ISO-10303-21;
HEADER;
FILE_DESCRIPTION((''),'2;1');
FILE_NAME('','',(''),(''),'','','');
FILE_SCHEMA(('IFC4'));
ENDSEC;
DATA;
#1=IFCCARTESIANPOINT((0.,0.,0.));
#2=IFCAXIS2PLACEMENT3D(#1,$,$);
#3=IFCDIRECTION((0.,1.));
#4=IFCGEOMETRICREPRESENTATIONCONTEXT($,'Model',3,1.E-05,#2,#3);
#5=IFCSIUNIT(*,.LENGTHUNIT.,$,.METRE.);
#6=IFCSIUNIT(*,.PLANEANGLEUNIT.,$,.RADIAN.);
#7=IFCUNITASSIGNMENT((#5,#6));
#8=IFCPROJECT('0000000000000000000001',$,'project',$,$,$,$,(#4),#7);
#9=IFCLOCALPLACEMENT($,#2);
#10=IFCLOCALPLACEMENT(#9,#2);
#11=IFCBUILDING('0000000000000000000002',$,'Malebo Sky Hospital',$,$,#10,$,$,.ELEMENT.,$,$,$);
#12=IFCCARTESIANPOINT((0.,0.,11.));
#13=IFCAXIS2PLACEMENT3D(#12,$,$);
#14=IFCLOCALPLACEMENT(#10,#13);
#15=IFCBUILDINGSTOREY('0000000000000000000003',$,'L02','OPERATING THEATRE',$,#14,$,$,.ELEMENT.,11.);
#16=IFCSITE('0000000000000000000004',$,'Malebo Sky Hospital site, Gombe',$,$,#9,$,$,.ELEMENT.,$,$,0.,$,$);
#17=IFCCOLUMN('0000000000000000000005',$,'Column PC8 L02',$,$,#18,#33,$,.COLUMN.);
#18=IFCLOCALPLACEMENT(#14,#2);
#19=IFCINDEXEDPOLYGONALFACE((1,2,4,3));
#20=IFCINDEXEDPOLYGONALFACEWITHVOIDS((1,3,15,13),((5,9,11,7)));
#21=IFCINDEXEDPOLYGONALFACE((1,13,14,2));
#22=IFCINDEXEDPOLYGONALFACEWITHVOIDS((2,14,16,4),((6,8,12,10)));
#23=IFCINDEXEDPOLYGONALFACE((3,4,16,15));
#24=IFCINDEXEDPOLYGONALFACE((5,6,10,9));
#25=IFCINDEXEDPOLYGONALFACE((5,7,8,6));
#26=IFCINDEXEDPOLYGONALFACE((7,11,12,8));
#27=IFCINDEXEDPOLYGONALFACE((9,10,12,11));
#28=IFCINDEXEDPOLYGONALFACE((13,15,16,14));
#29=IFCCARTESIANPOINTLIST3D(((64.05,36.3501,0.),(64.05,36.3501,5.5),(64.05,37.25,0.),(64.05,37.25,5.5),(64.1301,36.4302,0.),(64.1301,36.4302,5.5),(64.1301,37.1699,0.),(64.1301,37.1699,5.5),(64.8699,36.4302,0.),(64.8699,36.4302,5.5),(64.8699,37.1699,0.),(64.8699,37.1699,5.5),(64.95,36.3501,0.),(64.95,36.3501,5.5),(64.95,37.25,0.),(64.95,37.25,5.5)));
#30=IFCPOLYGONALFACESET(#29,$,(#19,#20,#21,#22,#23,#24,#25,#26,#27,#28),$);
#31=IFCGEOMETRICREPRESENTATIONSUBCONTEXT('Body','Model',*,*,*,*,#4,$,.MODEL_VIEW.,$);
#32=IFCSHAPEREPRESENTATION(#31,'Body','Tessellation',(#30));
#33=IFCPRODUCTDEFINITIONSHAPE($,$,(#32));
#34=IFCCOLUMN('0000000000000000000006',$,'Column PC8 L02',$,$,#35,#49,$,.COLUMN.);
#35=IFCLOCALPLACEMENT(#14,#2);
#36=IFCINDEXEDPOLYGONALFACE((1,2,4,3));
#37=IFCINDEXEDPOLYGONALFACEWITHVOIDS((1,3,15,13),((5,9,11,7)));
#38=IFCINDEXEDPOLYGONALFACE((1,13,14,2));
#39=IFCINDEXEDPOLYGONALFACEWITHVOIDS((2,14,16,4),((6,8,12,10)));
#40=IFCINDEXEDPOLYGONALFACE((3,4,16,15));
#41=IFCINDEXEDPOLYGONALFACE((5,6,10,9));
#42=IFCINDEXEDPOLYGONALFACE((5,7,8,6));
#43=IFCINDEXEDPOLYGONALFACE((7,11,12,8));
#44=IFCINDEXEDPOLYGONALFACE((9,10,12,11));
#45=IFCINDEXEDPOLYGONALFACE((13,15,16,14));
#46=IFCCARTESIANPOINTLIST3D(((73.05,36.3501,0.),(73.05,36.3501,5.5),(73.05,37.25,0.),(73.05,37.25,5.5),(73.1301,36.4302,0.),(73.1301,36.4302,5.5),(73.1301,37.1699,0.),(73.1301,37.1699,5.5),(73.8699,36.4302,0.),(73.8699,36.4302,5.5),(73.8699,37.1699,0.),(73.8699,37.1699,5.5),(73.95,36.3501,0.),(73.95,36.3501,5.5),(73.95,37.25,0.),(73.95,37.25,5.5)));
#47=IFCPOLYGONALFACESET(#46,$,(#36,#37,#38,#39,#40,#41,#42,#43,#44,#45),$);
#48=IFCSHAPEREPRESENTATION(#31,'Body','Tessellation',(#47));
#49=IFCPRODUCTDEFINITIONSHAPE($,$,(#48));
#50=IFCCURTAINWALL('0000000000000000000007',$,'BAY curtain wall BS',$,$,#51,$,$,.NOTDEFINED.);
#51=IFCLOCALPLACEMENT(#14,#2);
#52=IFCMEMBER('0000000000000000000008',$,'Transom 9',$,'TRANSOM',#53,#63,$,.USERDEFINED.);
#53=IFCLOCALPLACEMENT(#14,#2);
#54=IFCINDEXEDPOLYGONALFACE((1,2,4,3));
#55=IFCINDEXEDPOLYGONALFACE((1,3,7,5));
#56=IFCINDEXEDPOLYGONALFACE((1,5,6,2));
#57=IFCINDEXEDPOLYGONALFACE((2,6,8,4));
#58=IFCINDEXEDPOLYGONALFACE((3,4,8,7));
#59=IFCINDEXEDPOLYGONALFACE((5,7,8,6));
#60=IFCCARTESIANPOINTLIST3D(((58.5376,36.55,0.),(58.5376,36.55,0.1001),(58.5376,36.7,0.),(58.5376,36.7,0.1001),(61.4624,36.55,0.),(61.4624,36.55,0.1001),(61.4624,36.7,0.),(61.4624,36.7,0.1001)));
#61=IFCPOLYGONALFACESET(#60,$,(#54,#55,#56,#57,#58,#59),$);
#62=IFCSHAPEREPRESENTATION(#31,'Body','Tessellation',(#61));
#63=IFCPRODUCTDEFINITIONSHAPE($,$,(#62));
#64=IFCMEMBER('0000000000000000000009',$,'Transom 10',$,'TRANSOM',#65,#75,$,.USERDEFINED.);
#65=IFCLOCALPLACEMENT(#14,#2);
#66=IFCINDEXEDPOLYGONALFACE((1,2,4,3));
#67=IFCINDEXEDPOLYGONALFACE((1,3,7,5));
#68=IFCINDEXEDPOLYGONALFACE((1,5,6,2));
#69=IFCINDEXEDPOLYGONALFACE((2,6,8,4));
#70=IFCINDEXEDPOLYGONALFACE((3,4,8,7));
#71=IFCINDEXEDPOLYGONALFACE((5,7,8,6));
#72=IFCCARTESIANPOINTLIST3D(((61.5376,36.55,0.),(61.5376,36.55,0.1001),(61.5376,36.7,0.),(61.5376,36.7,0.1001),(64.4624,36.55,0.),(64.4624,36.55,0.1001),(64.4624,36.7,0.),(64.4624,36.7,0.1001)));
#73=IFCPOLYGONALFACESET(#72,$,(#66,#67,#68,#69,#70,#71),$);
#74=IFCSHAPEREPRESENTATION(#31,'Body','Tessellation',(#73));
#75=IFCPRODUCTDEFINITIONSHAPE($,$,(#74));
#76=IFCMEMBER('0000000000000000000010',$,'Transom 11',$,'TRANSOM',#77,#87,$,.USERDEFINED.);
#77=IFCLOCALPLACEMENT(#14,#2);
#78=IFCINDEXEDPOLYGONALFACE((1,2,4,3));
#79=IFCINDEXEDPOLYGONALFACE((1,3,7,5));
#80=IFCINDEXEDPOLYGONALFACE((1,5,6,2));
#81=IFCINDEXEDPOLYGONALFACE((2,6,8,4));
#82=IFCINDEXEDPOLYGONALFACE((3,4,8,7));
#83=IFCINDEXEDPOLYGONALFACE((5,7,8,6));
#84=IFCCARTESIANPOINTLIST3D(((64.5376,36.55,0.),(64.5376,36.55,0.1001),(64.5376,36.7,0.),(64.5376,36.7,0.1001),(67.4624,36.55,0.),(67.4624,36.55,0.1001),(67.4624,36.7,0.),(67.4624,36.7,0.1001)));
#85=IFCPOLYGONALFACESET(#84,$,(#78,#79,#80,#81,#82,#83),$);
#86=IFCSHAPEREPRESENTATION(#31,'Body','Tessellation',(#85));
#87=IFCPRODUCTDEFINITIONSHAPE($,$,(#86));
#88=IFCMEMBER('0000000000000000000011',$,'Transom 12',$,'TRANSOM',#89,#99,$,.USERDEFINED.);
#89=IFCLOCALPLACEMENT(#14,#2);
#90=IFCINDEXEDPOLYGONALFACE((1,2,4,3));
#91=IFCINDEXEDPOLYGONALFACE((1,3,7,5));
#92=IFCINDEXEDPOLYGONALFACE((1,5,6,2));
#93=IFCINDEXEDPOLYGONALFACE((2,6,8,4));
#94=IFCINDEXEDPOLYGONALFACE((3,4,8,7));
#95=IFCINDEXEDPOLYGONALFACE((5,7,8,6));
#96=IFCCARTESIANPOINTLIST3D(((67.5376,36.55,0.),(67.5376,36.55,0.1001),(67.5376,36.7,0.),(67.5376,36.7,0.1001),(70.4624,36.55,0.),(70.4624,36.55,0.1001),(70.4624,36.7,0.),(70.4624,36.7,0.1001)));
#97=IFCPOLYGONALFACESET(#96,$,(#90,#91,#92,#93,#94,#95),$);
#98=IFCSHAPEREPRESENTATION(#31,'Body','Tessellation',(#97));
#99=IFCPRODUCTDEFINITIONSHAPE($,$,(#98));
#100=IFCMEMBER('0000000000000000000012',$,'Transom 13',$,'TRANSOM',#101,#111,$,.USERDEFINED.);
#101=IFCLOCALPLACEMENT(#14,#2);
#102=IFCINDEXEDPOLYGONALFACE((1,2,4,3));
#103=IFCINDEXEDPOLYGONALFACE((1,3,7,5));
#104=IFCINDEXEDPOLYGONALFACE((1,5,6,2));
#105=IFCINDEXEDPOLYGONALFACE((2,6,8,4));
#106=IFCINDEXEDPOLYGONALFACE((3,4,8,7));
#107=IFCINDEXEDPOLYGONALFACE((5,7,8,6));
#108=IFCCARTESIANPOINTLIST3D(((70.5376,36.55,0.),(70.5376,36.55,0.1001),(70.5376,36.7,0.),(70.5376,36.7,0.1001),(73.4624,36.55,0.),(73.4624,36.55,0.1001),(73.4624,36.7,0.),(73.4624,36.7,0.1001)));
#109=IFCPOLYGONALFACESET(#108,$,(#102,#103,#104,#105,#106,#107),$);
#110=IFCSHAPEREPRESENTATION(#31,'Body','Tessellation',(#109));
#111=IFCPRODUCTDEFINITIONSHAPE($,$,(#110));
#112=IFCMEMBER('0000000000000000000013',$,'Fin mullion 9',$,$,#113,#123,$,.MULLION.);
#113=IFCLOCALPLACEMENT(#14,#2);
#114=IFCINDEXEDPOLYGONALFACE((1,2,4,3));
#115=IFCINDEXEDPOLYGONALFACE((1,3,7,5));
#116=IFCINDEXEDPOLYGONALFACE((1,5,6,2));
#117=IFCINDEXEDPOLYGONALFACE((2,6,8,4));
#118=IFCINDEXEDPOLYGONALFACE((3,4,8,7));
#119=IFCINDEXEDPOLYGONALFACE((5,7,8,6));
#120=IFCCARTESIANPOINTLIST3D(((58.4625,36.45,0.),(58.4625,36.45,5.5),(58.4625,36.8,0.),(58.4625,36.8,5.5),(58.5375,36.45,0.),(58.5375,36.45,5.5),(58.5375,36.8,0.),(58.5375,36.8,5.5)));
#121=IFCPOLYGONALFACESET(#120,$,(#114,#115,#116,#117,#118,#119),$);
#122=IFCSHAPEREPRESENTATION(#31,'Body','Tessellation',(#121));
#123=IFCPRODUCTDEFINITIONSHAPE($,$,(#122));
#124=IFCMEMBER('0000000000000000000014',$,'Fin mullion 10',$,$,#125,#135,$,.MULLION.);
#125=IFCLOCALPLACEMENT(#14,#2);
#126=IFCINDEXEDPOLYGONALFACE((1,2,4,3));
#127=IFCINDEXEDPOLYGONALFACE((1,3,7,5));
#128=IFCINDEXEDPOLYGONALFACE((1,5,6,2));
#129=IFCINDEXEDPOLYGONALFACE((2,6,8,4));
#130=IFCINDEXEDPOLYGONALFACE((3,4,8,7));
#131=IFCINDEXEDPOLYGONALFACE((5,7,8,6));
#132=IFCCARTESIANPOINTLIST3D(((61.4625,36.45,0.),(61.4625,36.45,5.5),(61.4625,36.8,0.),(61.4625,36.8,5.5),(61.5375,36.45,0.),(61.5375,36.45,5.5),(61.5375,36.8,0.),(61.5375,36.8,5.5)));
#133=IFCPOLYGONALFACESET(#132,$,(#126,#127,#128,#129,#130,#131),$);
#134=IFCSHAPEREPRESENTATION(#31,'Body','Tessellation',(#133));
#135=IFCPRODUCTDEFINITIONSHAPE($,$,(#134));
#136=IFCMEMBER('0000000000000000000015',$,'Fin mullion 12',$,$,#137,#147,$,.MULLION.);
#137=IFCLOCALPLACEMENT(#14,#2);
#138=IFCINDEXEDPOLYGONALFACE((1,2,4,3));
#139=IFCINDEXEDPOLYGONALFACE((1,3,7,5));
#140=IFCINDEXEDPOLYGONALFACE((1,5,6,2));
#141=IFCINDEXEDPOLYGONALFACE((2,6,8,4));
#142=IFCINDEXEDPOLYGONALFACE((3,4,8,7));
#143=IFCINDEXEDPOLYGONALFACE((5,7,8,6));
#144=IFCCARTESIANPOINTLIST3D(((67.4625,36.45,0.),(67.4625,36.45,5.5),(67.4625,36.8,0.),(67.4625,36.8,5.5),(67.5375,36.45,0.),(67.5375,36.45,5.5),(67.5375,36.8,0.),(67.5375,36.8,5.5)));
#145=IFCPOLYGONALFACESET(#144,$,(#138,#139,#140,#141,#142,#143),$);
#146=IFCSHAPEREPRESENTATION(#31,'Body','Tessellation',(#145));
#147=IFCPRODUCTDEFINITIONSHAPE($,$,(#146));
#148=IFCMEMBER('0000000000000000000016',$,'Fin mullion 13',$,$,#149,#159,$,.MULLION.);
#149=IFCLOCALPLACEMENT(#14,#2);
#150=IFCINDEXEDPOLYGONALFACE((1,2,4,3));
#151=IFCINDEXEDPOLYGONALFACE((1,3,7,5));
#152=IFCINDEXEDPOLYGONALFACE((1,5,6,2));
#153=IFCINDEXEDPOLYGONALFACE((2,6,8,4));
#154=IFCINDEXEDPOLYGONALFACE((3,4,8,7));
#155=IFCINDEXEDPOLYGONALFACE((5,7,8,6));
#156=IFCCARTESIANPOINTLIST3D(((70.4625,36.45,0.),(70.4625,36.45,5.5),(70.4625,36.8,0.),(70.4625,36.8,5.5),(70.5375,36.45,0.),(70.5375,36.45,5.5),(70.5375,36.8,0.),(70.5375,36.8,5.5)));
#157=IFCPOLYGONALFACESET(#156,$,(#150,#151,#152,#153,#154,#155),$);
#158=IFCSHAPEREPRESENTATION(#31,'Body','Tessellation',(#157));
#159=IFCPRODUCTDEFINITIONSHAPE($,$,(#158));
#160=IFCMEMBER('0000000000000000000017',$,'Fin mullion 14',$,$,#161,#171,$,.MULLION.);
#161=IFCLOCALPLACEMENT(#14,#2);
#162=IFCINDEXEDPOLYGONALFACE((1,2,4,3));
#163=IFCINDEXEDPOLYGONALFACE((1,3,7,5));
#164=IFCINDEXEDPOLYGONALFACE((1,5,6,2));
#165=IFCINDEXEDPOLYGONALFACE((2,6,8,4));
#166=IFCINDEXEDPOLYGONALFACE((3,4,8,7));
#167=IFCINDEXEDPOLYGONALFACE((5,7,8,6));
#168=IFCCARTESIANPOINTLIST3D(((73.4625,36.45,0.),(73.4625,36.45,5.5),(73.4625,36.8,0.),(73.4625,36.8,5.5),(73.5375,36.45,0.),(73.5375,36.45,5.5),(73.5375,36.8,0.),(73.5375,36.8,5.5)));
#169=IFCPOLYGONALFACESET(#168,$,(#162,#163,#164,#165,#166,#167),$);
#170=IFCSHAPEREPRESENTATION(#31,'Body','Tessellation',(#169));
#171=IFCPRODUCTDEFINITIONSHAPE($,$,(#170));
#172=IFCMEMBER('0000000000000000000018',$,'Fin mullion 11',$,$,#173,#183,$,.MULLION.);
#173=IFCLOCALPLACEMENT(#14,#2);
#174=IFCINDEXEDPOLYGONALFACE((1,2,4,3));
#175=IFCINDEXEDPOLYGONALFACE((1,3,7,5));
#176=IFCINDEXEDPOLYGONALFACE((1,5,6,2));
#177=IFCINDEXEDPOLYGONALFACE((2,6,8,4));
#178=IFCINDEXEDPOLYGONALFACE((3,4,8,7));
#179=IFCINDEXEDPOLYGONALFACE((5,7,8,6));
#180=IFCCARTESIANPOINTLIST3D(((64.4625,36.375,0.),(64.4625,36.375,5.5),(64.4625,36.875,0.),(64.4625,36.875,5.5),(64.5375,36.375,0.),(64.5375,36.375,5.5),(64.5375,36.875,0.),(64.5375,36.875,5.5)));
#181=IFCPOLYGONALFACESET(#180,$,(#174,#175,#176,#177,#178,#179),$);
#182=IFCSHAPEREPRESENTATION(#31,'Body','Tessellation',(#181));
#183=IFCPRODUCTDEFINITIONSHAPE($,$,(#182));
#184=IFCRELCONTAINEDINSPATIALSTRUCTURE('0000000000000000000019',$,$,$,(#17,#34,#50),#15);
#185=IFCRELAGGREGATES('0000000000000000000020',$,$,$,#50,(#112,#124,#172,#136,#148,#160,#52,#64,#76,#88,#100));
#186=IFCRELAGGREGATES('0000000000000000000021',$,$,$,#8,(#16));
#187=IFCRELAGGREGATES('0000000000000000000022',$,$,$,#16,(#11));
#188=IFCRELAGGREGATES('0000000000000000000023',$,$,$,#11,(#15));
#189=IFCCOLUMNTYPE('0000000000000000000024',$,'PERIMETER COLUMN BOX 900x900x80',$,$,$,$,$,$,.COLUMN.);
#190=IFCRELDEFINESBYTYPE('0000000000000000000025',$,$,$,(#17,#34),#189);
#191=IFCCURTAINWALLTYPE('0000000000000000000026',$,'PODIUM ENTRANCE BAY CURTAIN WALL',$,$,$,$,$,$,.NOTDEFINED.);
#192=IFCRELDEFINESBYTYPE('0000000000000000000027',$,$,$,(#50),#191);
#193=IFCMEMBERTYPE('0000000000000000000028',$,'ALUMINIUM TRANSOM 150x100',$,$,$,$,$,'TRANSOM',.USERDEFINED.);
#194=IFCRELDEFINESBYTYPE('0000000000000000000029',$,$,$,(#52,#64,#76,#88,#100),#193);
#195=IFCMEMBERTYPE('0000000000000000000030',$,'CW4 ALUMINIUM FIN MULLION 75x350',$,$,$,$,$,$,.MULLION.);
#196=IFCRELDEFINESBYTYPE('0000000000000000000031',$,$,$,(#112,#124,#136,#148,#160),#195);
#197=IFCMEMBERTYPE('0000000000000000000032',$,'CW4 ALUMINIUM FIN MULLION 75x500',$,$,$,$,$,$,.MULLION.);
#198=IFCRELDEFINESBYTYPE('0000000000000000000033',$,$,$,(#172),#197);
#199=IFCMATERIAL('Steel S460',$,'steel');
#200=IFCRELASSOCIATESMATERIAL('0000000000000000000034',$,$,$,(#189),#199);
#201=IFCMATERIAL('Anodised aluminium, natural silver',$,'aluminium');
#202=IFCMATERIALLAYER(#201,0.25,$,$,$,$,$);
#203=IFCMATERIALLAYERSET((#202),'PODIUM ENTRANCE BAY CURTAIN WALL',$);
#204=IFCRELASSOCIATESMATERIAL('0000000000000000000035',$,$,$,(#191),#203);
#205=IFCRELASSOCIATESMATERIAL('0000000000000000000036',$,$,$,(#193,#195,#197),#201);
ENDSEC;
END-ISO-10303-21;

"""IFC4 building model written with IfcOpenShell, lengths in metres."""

from ifc_helpers import new_model, si_unit, direction, frame, origin, origin_2d, place, context, subcontext, project, spatial, rectangle, hollow_rectangle, extrude, material, layer, layer_set, material_profile, profile_set, type_object, element, aggregate, save


model = new_model("IFC4")

# Units and contexts
model_context = context("Model", 3, precision=1e-05, world=origin(), true_north=direction((0.0, 1.0)))
body_context = subcontext(model_context, "Body", "Model", "MODEL_VIEW")
ifc_project = project(units=[si_unit("LENGTHUNIT", "METRE"), si_unit("PLANEANGLEUNIT", "RADIAN")], contexts=[model_context])

# Site, building, storey
site_placement = place(None, origin())
site = spatial("IfcSite", under=ifc_project, at=site_placement, Name="Malebo Sky Hospital site, Gombe", CompositionType="ELEMENT", RefElevation=0.0)
building_placement = place(site_placement, origin())
building = spatial("IfcBuilding", under=site, at=building_placement, Name="Malebo Sky Hospital", CompositionType="ELEMENT")
storey_placement = place(building_placement, frame((0.0, 0.0, 11.0)))
storey = spatial("IfcBuildingStorey", under=building, at=storey_placement, Name="L02", Description="OPERATING THEATRE", CompositionType="ELEMENT", Elevation=11.0)

# Columns
ifc_material_1 = material(Name="Steel S460", Category="steel")
ifc_material_profile_1 = material_profile(ifc_material_1, hollow_rectangle(XDim=0.8999, YDim=0.8999, WallThickness=0.0801, at=origin_2d()), Name="BOX 900x900x80")
ifc_profile_set_1 = profile_set([ifc_material_profile_1], Name="Steel S460")
column_type = type_object("IfcColumnType", Name="PERIMETER COLUMN BOX 900x900x80", PredefinedType="COLUMN", material=ifc_profile_set_1)
for number, where, z_axis, x_axis, name in (
    (1, (64.5, 36.8, 0.0), (0.0, 0.0, 1.0), (1.0, 0.0, 0.0), "Column PC8 L02"),
    (2, (73.5, 36.8, 0.0), (0.0, 0.0, 1.0), (1.0, 0.0, 0.0), "Column PC8 L02"),
):
    element("IfcColumn", number, at=place(storey_placement, frame(where, z_axis=z_axis, x_axis=x_axis)), inside=storey, type_object=column_type, Name=name, PredefinedType="COLUMN", context=body_context, shape_type="SweptSolid", body=[
        extrude(hollow_rectangle(XDim=0.8999, YDim=0.8999, WallThickness=0.0801, at=origin_2d()), origin(), (0.0, 0.0, 1.0), 5.5),
    ])

# Curtain wall, members
ifc_material_2 = material(Name="Anodised aluminium, natural silver", Category="aluminium")
ifc_layer_1 = layer(ifc_material_2, 0.25)
ifc_layer_set_1 = layer_set([ifc_layer_1], Name="PODIUM ENTRANCE BAY CURTAIN WALL")
curtain_wall_type = type_object("IfcCurtainWallType", Name="PODIUM ENTRANCE BAY CURTAIN WALL", PredefinedType="NOTDEFINED", material=ifc_layer_set_1)
curtain_wall_placement = place(storey_placement, origin())
curtain_wall = element("IfcCurtainWall", 3, at=curtain_wall_placement, inside=storey, type_object=curtain_wall_type, Name="BAY curtain wall BS", PredefinedType="NOTDEFINED")
ifc_material_profile_2 = material_profile(ifc_material_2, rectangle(XDim=0.1499, YDim=0.1001, at=origin_2d()), Name="ALUMINIUM TRANSOM 150x100")
ifc_profile_set_2 = profile_set([ifc_material_profile_2], Name="Anodised aluminium, natural silver")
member_type_1 = type_object("IfcMemberType", Name="ALUMINIUM TRANSOM 150x100", ElementType="TRANSOM", PredefinedType="USERDEFINED", material=ifc_profile_set_2)
member_1_placement = place(storey_placement, frame((58.5376, 36.625, 0.05), z_axis=(1.0, 0.0, 0.0), x_axis=(0.0, 1.0, 0.0)))
member_1 = element("IfcMember", 4, at=member_1_placement, type_object=member_type_1, Name="Transom 9", ObjectType="TRANSOM", PredefinedType="USERDEFINED", context=body_context, shape_type="SweptSolid", body=[
    extrude(rectangle(XDim=0.1499, YDim=0.1001, at=origin_2d()), origin(), (0.0, 0.0, 1.0), 2.9248),
])
member_2_placement = place(storey_placement, frame((61.5376, 36.625, 0.05), z_axis=(1.0, 0.0, 0.0), x_axis=(0.0, 1.0, 0.0)))
member_2 = element("IfcMember", 5, at=member_2_placement, type_object=member_type_1, Name="Transom 10", ObjectType="TRANSOM", PredefinedType="USERDEFINED", context=body_context, shape_type="SweptSolid", body=[
    extrude(rectangle(XDim=0.1499, YDim=0.1001, at=origin_2d()), origin(), (0.0, 0.0, 1.0), 2.9248),
])
member_3_placement = place(storey_placement, frame((64.5376, 36.625, 0.05), z_axis=(1.0, 0.0, 0.0), x_axis=(0.0, 1.0, 0.0)))
member_3 = element("IfcMember", 6, at=member_3_placement, type_object=member_type_1, Name="Transom 11", ObjectType="TRANSOM", PredefinedType="USERDEFINED", context=body_context, shape_type="SweptSolid", body=[
    extrude(rectangle(XDim=0.1499, YDim=0.1001, at=origin_2d()), origin(), (0.0, 0.0, 1.0), 2.9248),
])
member_4_placement = place(storey_placement, frame((67.5376, 36.625, 0.05), z_axis=(1.0, 0.0, 0.0), x_axis=(0.0, 1.0, 0.0)))
member_4 = element("IfcMember", 7, at=member_4_placement, type_object=member_type_1, Name="Transom 12", ObjectType="TRANSOM", PredefinedType="USERDEFINED", context=body_context, shape_type="SweptSolid", body=[
    extrude(rectangle(XDim=0.1499, YDim=0.1001, at=origin_2d()), origin(), (0.0, 0.0, 1.0), 2.9248),
])
member_5_placement = place(storey_placement, frame((70.5376, 36.625, 0.05), z_axis=(1.0, 0.0, 0.0), x_axis=(0.0, 1.0, 0.0)))
member_5 = element("IfcMember", 8, at=member_5_placement, type_object=member_type_1, Name="Transom 13", ObjectType="TRANSOM", PredefinedType="USERDEFINED", context=body_context, shape_type="SweptSolid", body=[
    extrude(rectangle(XDim=0.1499, YDim=0.1001, at=origin_2d()), origin(), (0.0, 0.0, 1.0), 2.9248),
])
ifc_material_profile_3 = material_profile(ifc_material_2, rectangle(XDim=0.075, YDim=0.3501, at=origin_2d()), Name="CW4 ALUMINIUM FIN MULLION 75x350")
ifc_profile_set_3 = profile_set([ifc_material_profile_3], Name="Anodised aluminium, natural silver")
member_type_2 = type_object("IfcMemberType", Name="CW4 ALUMINIUM FIN MULLION 75x350", PredefinedType="MULLION", material=ifc_profile_set_3)
member_6_placement = place(storey_placement, frame((58.5, 36.625, 0.0), z_axis=(0.0, 0.0, 1.0), x_axis=(1.0, 0.0, 0.0)))
member_6 = element("IfcMember", 9, at=member_6_placement, type_object=member_type_2, Name="Fin mullion 9", PredefinedType="MULLION", context=body_context, shape_type="SweptSolid", body=[
    extrude(rectangle(XDim=0.075, YDim=0.3501, at=origin_2d()), origin(), (0.0, 0.0, 1.0), 5.5),
])
member_7_placement = place(storey_placement, frame((61.5, 36.625, 0.0), z_axis=(0.0, 0.0, 1.0), x_axis=(1.0, 0.0, 0.0)))
member_7 = element("IfcMember", 10, at=member_7_placement, type_object=member_type_2, Name="Fin mullion 10", PredefinedType="MULLION", context=body_context, shape_type="SweptSolid", body=[
    extrude(rectangle(XDim=0.075, YDim=0.3501, at=origin_2d()), origin(), (0.0, 0.0, 1.0), 5.5),
])
member_8_placement = place(storey_placement, frame((67.5, 36.625, 0.0), z_axis=(0.0, 0.0, 1.0), x_axis=(1.0, 0.0, 0.0)))
member_8 = element("IfcMember", 11, at=member_8_placement, type_object=member_type_2, Name="Fin mullion 12", PredefinedType="MULLION", context=body_context, shape_type="SweptSolid", body=[
    extrude(rectangle(XDim=0.075, YDim=0.3501, at=origin_2d()), origin(), (0.0, 0.0, 1.0), 5.5),
])
member_9_placement = place(storey_placement, frame((70.5, 36.625, 0.0), z_axis=(0.0, 0.0, 1.0), x_axis=(1.0, 0.0, 0.0)))
member_9 = element("IfcMember", 12, at=member_9_placement, type_object=member_type_2, Name="Fin mullion 13", PredefinedType="MULLION", context=body_context, shape_type="SweptSolid", body=[
    extrude(rectangle(XDim=0.075, YDim=0.3501, at=origin_2d()), origin(), (0.0, 0.0, 1.0), 5.5),
])
member_10_placement = place(storey_placement, frame((73.5, 36.625, 0.0), z_axis=(0.0, 0.0, 1.0), x_axis=(1.0, 0.0, 0.0)))
member_10 = element("IfcMember", 13, at=member_10_placement, type_object=member_type_2, Name="Fin mullion 14", PredefinedType="MULLION", context=body_context, shape_type="SweptSolid", body=[
    extrude(rectangle(XDim=0.075, YDim=0.3501, at=origin_2d()), origin(), (0.0, 0.0, 1.0), 5.5),
])
ifc_material_profile_4 = material_profile(ifc_material_2, rectangle(XDim=0.075, YDim=0.5, at=origin_2d()), Name="CW4 ALUMINIUM FIN MULLION 75x500")
ifc_profile_set_4 = profile_set([ifc_material_profile_4], Name="Anodised aluminium, natural silver")
member_type_3 = type_object("IfcMemberType", Name="CW4 ALUMINIUM FIN MULLION 75x500", PredefinedType="MULLION", material=ifc_profile_set_4)
member_11_placement = place(storey_placement, frame((64.5, 36.625, 0.0), z_axis=(0.0, 0.0, 1.0), x_axis=(1.0, 0.0, 0.0)))
member_11 = element("IfcMember", 14, at=member_11_placement, type_object=member_type_3, Name="Fin mullion 11", PredefinedType="MULLION", context=body_context, shape_type="SweptSolid", body=[
    extrude(rectangle(XDim=0.075, YDim=0.5, at=origin_2d()), origin(), (0.0, 0.0, 1.0), 5.5),
])

aggregate(curtain_wall, [member_6, member_7, member_11, member_8, member_9, member_10, member_1, member_2, member_3, member_4, member_5])

save(model, "model.ifc")
